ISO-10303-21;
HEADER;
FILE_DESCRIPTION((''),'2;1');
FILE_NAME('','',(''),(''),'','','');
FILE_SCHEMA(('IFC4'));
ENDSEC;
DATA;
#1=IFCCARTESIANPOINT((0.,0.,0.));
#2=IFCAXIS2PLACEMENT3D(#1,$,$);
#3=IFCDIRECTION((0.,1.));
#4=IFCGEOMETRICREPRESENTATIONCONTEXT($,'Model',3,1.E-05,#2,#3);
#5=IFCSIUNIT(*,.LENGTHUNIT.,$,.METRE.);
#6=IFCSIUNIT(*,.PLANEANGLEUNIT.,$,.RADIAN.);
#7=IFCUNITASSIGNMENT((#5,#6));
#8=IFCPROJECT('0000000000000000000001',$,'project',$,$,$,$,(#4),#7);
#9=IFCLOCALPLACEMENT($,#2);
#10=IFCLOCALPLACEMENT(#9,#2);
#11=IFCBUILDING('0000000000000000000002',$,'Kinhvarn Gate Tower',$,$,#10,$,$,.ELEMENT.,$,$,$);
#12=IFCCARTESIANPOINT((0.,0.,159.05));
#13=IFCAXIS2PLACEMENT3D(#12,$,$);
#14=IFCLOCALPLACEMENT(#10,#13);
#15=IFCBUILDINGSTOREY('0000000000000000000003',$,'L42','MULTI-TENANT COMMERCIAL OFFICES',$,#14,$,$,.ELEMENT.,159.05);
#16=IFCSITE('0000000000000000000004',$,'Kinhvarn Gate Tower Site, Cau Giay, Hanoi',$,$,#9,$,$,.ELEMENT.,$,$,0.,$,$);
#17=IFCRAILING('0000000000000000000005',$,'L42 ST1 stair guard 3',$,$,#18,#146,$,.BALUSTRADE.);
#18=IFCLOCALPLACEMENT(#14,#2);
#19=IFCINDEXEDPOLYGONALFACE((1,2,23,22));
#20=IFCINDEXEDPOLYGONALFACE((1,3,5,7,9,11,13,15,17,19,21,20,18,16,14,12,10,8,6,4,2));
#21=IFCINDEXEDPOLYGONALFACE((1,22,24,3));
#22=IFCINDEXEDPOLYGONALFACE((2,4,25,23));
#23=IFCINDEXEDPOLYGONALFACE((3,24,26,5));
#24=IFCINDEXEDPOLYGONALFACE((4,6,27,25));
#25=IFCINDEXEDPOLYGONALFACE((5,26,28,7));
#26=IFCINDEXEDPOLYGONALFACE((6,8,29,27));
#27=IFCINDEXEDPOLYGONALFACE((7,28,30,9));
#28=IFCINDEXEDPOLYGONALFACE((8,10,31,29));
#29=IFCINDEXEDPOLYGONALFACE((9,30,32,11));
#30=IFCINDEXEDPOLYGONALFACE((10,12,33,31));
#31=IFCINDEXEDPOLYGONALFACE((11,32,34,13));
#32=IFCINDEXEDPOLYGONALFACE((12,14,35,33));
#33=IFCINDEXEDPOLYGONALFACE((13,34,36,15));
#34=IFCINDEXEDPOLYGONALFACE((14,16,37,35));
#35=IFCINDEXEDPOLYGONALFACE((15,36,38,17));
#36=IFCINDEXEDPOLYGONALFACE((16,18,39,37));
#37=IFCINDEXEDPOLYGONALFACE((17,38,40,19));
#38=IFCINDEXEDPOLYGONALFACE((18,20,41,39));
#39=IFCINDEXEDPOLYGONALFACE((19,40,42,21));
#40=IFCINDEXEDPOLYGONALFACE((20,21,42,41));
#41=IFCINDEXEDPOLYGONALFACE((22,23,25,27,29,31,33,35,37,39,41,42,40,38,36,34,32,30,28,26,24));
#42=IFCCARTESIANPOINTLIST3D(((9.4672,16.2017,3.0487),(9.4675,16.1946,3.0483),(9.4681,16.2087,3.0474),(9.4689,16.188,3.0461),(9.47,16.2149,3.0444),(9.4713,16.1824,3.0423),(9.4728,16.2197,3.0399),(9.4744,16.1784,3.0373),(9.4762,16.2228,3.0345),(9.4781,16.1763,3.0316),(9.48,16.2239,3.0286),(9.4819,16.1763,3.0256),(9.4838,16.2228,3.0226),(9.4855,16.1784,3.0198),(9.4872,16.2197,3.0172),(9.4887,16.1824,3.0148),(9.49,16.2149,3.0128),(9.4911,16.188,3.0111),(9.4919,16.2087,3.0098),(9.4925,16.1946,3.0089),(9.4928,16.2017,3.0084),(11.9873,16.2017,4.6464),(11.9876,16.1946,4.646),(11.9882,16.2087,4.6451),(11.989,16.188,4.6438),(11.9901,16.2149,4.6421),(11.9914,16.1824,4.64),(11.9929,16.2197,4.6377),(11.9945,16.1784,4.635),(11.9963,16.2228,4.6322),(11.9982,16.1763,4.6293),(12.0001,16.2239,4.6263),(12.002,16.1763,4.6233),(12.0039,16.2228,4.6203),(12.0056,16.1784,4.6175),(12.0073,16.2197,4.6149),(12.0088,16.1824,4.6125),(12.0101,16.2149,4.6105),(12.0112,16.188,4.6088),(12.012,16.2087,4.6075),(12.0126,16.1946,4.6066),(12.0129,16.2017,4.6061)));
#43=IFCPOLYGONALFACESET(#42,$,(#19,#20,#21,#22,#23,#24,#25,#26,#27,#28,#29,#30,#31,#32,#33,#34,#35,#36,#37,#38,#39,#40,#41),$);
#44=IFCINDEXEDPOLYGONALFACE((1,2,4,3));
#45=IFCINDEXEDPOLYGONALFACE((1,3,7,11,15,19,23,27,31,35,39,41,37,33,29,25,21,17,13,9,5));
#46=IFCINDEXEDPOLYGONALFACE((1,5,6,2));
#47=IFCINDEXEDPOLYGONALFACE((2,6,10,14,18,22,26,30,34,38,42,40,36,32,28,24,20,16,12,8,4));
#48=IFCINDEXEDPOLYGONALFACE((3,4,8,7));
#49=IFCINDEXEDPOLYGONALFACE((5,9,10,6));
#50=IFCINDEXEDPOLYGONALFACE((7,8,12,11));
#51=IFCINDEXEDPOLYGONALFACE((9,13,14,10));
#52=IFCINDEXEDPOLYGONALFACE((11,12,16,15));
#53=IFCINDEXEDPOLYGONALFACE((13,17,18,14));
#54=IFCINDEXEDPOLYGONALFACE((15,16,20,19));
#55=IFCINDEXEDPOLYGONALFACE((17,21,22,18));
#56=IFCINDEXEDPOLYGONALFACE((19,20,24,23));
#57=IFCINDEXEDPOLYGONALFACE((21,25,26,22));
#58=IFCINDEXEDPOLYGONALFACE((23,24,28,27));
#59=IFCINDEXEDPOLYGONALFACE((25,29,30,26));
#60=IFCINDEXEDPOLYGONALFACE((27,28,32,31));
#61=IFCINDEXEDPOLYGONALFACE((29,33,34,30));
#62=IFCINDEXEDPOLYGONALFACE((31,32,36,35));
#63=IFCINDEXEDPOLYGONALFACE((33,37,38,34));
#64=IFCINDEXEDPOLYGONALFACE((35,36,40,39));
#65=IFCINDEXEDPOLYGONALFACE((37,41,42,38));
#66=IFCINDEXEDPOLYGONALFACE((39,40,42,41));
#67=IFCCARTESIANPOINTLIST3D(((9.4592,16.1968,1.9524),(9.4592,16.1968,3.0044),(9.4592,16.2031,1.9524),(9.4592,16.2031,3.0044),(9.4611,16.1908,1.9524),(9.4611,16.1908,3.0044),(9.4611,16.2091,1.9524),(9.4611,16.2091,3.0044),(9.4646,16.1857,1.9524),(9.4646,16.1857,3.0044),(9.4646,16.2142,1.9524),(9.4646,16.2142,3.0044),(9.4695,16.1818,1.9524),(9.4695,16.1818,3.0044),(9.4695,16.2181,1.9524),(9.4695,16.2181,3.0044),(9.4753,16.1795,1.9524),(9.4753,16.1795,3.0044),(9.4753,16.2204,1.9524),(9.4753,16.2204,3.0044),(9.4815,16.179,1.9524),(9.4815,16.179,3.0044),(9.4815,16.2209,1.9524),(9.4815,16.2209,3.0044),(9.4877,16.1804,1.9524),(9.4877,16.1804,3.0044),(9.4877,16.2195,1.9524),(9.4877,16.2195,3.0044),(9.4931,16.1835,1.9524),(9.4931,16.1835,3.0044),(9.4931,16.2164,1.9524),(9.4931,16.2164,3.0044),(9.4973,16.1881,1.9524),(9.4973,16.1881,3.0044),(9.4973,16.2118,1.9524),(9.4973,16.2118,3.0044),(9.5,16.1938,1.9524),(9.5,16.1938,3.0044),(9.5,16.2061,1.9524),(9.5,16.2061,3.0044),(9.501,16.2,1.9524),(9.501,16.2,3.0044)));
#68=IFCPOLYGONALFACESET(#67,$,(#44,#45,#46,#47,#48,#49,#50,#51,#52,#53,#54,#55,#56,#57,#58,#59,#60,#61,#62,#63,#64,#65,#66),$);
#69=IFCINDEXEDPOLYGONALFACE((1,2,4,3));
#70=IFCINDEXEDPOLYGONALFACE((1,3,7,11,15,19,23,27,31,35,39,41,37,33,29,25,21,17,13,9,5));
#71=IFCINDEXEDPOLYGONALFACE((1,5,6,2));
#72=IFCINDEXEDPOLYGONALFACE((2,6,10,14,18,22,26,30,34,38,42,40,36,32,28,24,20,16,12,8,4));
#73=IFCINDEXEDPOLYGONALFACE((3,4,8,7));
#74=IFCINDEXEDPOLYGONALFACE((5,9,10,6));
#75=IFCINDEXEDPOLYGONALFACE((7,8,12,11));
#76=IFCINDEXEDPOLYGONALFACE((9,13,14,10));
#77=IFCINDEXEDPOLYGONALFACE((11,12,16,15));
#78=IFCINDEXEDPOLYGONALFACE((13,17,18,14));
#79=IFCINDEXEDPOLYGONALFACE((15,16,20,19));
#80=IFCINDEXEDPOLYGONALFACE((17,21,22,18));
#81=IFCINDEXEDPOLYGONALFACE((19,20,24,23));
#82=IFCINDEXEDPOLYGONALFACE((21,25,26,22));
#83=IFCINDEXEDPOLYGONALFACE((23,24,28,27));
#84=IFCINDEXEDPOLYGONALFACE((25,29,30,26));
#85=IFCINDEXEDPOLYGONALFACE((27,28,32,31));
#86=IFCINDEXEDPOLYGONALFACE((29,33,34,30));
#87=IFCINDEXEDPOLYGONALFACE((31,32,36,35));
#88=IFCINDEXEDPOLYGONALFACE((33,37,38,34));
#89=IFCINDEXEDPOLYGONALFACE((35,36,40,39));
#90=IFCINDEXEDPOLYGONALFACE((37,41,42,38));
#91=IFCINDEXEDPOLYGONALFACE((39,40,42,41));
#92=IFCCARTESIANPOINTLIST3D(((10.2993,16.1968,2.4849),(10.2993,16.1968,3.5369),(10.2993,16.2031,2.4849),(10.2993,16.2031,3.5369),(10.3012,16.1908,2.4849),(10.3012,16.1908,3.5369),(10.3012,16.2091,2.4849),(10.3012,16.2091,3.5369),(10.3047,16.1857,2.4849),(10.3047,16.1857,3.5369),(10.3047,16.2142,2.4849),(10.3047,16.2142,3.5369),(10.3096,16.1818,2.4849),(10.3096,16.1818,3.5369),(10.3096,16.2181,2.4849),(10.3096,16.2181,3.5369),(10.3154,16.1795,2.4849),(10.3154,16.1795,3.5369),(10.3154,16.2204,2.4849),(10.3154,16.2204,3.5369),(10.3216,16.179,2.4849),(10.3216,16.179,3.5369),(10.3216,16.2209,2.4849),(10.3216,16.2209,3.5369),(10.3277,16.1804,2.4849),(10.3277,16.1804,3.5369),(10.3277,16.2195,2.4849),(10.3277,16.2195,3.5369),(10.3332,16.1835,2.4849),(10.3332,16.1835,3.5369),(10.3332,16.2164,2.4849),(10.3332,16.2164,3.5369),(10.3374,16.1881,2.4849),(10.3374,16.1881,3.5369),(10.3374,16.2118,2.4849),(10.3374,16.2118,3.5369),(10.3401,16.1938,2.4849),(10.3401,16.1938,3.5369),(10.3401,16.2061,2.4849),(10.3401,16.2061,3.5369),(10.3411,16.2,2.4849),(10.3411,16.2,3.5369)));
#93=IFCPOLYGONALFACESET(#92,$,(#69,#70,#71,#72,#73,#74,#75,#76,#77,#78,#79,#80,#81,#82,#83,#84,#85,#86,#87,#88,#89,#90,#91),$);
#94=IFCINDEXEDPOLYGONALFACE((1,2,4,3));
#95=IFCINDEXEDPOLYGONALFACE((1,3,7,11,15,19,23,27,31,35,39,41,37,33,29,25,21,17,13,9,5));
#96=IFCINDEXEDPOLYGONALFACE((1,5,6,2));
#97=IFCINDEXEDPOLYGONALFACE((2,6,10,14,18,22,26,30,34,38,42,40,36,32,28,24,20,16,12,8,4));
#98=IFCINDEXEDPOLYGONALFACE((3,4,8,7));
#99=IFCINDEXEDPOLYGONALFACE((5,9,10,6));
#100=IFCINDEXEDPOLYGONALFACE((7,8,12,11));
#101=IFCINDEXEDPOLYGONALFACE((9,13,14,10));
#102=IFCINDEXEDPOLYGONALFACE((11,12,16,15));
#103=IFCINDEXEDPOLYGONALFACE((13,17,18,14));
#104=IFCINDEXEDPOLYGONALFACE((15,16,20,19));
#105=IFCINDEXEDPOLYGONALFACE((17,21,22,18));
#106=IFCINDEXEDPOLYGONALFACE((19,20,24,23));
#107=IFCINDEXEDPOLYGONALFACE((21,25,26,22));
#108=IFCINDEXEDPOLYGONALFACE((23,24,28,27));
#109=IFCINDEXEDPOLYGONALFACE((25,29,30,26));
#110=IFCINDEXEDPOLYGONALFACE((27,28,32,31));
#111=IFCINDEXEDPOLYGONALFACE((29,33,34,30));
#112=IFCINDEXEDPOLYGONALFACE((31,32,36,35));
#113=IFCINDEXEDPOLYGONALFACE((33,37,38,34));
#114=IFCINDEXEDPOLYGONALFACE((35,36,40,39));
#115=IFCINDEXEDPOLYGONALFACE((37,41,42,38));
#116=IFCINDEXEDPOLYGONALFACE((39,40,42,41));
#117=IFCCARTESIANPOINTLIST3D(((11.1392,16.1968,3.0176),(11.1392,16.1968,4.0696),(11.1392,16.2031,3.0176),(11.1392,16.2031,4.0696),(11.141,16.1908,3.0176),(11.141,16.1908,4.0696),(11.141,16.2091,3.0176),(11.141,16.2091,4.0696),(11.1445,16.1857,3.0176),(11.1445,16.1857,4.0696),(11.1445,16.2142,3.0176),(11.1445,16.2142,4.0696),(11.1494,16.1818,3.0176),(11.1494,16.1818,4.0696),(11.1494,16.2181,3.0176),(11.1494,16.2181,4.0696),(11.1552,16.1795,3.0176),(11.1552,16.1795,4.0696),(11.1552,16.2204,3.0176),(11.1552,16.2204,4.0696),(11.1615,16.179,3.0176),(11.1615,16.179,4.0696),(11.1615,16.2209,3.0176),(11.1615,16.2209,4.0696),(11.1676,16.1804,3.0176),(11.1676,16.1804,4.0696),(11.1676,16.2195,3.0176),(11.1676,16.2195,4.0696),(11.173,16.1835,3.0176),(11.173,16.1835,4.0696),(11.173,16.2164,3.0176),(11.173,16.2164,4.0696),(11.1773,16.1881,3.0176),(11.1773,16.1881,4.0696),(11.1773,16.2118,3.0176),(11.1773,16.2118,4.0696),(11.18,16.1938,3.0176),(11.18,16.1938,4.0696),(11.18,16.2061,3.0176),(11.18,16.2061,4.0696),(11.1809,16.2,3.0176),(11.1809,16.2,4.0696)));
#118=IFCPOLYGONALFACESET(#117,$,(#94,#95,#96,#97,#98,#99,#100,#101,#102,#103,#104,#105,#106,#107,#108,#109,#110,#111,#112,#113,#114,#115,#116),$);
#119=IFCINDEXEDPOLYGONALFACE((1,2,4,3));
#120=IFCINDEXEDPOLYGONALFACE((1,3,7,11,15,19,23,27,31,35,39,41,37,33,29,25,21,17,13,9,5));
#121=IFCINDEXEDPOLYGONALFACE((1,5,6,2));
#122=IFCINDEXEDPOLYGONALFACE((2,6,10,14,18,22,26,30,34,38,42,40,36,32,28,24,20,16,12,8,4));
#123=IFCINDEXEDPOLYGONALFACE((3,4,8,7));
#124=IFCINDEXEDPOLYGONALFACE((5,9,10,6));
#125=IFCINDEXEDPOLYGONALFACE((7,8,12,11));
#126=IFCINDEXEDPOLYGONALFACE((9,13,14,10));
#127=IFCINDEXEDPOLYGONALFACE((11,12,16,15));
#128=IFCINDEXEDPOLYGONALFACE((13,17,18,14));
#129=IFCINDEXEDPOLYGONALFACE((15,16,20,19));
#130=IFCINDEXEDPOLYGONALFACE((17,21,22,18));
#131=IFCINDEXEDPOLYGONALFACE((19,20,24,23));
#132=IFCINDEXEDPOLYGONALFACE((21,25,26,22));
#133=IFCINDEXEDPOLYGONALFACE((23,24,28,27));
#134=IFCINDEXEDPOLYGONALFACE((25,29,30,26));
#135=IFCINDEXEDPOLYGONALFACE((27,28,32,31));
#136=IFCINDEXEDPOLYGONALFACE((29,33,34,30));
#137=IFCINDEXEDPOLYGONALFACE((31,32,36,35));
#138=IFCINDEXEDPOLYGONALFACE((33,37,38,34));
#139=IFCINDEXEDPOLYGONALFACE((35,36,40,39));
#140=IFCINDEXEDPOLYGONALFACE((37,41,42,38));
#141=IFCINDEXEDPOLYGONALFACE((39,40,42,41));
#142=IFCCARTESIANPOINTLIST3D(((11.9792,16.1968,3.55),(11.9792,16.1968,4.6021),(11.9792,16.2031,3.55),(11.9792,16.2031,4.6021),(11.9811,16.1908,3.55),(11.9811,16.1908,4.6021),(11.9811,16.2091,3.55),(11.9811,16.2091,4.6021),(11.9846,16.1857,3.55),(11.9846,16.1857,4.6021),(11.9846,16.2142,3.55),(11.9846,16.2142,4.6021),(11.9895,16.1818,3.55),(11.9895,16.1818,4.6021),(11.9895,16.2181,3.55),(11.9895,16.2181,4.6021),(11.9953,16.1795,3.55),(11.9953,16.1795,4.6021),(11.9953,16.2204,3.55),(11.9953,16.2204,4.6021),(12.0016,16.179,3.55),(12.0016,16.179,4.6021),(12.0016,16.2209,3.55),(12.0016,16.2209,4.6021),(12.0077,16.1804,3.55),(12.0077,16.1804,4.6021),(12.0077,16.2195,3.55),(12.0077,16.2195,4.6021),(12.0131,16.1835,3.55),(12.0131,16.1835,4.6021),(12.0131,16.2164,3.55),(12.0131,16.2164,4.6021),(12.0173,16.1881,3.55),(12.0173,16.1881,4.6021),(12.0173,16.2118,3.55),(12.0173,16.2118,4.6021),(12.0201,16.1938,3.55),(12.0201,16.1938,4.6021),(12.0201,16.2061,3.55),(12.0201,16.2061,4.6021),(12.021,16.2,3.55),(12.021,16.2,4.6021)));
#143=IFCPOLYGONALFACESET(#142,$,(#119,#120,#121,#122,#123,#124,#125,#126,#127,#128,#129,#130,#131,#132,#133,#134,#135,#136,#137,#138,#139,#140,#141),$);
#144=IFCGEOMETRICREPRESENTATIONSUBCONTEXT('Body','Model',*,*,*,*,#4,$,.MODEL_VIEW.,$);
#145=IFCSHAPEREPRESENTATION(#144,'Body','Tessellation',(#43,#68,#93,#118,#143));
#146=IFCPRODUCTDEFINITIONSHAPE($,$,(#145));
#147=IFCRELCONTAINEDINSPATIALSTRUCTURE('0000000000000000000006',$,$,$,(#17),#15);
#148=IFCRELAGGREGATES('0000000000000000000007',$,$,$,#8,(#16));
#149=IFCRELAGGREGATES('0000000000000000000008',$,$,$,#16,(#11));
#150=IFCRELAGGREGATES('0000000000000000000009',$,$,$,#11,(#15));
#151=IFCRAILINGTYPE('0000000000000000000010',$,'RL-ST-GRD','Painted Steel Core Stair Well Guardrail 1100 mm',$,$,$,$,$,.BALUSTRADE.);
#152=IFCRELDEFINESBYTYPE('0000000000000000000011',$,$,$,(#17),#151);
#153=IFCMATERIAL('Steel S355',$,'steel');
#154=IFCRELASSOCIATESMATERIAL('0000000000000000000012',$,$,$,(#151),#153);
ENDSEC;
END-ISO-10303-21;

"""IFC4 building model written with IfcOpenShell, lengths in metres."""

from ifc_helpers import new_model, si_unit, direction, frame, origin, origin_2d, place, context, subcontext, project, spatial, circle, extrude, material, type_object, element, save


model = new_model("IFC4")

# Units and contexts
model_context = context("Model", 3, precision=1e-05, world=origin(), true_north=direction((0.0, 1.0)))
body_context = subcontext(model_context, "Body", "Model", "MODEL_VIEW")
ifc_project = project(units=[si_unit("LENGTHUNIT", "METRE"), si_unit("PLANEANGLEUNIT", "RADIAN")], contexts=[model_context])

# Site, building, storey
site_placement = place(None, origin())
site = spatial("IfcSite", under=ifc_project, at=site_placement, Name="Kinhvarn Gate Tower Site, Cau Giay, Hanoi", CompositionType="ELEMENT", RefElevation=0.0)
building_placement = place(site_placement, origin())
building = spatial("IfcBuilding", under=site, at=building_placement, Name="Kinhvarn Gate Tower", CompositionType="ELEMENT")
storey_placement = place(building_placement, frame((0.0, 0.0, 159.05)))
storey = spatial("IfcBuildingStorey", under=building, at=storey_placement, Name="L42", Description="MULTI-TENANT COMMERCIAL OFFICES", CompositionType="ELEMENT", Elevation=159.05)

# Shared definitions
ifc_material_1 = material(Name="Steel S355", Category="steel")

# Railing
railing_type_1 = type_object("IfcRailingType", Name="RL-ST-GRD", Description="Painted Steel Core Stair Well Guardrail 1100 mm", PredefinedType="BALUSTRADE", material=ifc_material_1)
railing_1_placement = place(storey_placement, frame((9.48, 16.2, 1.9524)))
element("IfcRailing", 1, at=railing_1_placement, inside=storey, type_object=railing_type_1, Name="L42 ST1 stair guard 3", PredefinedType="BALUSTRADE", context=body_context, shape_type="SweptSolid", body=[
    extrude(circle(Radius=0.0239, at=origin_2d()), frame((0.0, 0.0, 1.0762), z_axis=(0.84457, 0.0, 0.535445), x_axis=(0.0, 1.0, 0.0)), (0.0, 0.0, 1.0), 2.9839),
    extrude(circle(Radius=0.021, at=origin_2d()), origin(), (0.0, 0.0, 1.0), 1.052),
    extrude(circle(Radius=0.021, at=origin_2d()), frame((0.8401, 0.0, 0.5325)), (0.0, 0.0, 1.0), 1.052),
    extrude(circle(Radius=0.021, at=origin_2d()), frame((1.6799, 0.0, 1.0652)), (0.0, 0.0, 1.0), 1.052),
    extrude(circle(Radius=0.021, at=origin_2d()), frame((2.52, 0.0, 1.5977)), (0.0, 0.0, 1.0), 1.052),
])

save(model, "model.ifc")
